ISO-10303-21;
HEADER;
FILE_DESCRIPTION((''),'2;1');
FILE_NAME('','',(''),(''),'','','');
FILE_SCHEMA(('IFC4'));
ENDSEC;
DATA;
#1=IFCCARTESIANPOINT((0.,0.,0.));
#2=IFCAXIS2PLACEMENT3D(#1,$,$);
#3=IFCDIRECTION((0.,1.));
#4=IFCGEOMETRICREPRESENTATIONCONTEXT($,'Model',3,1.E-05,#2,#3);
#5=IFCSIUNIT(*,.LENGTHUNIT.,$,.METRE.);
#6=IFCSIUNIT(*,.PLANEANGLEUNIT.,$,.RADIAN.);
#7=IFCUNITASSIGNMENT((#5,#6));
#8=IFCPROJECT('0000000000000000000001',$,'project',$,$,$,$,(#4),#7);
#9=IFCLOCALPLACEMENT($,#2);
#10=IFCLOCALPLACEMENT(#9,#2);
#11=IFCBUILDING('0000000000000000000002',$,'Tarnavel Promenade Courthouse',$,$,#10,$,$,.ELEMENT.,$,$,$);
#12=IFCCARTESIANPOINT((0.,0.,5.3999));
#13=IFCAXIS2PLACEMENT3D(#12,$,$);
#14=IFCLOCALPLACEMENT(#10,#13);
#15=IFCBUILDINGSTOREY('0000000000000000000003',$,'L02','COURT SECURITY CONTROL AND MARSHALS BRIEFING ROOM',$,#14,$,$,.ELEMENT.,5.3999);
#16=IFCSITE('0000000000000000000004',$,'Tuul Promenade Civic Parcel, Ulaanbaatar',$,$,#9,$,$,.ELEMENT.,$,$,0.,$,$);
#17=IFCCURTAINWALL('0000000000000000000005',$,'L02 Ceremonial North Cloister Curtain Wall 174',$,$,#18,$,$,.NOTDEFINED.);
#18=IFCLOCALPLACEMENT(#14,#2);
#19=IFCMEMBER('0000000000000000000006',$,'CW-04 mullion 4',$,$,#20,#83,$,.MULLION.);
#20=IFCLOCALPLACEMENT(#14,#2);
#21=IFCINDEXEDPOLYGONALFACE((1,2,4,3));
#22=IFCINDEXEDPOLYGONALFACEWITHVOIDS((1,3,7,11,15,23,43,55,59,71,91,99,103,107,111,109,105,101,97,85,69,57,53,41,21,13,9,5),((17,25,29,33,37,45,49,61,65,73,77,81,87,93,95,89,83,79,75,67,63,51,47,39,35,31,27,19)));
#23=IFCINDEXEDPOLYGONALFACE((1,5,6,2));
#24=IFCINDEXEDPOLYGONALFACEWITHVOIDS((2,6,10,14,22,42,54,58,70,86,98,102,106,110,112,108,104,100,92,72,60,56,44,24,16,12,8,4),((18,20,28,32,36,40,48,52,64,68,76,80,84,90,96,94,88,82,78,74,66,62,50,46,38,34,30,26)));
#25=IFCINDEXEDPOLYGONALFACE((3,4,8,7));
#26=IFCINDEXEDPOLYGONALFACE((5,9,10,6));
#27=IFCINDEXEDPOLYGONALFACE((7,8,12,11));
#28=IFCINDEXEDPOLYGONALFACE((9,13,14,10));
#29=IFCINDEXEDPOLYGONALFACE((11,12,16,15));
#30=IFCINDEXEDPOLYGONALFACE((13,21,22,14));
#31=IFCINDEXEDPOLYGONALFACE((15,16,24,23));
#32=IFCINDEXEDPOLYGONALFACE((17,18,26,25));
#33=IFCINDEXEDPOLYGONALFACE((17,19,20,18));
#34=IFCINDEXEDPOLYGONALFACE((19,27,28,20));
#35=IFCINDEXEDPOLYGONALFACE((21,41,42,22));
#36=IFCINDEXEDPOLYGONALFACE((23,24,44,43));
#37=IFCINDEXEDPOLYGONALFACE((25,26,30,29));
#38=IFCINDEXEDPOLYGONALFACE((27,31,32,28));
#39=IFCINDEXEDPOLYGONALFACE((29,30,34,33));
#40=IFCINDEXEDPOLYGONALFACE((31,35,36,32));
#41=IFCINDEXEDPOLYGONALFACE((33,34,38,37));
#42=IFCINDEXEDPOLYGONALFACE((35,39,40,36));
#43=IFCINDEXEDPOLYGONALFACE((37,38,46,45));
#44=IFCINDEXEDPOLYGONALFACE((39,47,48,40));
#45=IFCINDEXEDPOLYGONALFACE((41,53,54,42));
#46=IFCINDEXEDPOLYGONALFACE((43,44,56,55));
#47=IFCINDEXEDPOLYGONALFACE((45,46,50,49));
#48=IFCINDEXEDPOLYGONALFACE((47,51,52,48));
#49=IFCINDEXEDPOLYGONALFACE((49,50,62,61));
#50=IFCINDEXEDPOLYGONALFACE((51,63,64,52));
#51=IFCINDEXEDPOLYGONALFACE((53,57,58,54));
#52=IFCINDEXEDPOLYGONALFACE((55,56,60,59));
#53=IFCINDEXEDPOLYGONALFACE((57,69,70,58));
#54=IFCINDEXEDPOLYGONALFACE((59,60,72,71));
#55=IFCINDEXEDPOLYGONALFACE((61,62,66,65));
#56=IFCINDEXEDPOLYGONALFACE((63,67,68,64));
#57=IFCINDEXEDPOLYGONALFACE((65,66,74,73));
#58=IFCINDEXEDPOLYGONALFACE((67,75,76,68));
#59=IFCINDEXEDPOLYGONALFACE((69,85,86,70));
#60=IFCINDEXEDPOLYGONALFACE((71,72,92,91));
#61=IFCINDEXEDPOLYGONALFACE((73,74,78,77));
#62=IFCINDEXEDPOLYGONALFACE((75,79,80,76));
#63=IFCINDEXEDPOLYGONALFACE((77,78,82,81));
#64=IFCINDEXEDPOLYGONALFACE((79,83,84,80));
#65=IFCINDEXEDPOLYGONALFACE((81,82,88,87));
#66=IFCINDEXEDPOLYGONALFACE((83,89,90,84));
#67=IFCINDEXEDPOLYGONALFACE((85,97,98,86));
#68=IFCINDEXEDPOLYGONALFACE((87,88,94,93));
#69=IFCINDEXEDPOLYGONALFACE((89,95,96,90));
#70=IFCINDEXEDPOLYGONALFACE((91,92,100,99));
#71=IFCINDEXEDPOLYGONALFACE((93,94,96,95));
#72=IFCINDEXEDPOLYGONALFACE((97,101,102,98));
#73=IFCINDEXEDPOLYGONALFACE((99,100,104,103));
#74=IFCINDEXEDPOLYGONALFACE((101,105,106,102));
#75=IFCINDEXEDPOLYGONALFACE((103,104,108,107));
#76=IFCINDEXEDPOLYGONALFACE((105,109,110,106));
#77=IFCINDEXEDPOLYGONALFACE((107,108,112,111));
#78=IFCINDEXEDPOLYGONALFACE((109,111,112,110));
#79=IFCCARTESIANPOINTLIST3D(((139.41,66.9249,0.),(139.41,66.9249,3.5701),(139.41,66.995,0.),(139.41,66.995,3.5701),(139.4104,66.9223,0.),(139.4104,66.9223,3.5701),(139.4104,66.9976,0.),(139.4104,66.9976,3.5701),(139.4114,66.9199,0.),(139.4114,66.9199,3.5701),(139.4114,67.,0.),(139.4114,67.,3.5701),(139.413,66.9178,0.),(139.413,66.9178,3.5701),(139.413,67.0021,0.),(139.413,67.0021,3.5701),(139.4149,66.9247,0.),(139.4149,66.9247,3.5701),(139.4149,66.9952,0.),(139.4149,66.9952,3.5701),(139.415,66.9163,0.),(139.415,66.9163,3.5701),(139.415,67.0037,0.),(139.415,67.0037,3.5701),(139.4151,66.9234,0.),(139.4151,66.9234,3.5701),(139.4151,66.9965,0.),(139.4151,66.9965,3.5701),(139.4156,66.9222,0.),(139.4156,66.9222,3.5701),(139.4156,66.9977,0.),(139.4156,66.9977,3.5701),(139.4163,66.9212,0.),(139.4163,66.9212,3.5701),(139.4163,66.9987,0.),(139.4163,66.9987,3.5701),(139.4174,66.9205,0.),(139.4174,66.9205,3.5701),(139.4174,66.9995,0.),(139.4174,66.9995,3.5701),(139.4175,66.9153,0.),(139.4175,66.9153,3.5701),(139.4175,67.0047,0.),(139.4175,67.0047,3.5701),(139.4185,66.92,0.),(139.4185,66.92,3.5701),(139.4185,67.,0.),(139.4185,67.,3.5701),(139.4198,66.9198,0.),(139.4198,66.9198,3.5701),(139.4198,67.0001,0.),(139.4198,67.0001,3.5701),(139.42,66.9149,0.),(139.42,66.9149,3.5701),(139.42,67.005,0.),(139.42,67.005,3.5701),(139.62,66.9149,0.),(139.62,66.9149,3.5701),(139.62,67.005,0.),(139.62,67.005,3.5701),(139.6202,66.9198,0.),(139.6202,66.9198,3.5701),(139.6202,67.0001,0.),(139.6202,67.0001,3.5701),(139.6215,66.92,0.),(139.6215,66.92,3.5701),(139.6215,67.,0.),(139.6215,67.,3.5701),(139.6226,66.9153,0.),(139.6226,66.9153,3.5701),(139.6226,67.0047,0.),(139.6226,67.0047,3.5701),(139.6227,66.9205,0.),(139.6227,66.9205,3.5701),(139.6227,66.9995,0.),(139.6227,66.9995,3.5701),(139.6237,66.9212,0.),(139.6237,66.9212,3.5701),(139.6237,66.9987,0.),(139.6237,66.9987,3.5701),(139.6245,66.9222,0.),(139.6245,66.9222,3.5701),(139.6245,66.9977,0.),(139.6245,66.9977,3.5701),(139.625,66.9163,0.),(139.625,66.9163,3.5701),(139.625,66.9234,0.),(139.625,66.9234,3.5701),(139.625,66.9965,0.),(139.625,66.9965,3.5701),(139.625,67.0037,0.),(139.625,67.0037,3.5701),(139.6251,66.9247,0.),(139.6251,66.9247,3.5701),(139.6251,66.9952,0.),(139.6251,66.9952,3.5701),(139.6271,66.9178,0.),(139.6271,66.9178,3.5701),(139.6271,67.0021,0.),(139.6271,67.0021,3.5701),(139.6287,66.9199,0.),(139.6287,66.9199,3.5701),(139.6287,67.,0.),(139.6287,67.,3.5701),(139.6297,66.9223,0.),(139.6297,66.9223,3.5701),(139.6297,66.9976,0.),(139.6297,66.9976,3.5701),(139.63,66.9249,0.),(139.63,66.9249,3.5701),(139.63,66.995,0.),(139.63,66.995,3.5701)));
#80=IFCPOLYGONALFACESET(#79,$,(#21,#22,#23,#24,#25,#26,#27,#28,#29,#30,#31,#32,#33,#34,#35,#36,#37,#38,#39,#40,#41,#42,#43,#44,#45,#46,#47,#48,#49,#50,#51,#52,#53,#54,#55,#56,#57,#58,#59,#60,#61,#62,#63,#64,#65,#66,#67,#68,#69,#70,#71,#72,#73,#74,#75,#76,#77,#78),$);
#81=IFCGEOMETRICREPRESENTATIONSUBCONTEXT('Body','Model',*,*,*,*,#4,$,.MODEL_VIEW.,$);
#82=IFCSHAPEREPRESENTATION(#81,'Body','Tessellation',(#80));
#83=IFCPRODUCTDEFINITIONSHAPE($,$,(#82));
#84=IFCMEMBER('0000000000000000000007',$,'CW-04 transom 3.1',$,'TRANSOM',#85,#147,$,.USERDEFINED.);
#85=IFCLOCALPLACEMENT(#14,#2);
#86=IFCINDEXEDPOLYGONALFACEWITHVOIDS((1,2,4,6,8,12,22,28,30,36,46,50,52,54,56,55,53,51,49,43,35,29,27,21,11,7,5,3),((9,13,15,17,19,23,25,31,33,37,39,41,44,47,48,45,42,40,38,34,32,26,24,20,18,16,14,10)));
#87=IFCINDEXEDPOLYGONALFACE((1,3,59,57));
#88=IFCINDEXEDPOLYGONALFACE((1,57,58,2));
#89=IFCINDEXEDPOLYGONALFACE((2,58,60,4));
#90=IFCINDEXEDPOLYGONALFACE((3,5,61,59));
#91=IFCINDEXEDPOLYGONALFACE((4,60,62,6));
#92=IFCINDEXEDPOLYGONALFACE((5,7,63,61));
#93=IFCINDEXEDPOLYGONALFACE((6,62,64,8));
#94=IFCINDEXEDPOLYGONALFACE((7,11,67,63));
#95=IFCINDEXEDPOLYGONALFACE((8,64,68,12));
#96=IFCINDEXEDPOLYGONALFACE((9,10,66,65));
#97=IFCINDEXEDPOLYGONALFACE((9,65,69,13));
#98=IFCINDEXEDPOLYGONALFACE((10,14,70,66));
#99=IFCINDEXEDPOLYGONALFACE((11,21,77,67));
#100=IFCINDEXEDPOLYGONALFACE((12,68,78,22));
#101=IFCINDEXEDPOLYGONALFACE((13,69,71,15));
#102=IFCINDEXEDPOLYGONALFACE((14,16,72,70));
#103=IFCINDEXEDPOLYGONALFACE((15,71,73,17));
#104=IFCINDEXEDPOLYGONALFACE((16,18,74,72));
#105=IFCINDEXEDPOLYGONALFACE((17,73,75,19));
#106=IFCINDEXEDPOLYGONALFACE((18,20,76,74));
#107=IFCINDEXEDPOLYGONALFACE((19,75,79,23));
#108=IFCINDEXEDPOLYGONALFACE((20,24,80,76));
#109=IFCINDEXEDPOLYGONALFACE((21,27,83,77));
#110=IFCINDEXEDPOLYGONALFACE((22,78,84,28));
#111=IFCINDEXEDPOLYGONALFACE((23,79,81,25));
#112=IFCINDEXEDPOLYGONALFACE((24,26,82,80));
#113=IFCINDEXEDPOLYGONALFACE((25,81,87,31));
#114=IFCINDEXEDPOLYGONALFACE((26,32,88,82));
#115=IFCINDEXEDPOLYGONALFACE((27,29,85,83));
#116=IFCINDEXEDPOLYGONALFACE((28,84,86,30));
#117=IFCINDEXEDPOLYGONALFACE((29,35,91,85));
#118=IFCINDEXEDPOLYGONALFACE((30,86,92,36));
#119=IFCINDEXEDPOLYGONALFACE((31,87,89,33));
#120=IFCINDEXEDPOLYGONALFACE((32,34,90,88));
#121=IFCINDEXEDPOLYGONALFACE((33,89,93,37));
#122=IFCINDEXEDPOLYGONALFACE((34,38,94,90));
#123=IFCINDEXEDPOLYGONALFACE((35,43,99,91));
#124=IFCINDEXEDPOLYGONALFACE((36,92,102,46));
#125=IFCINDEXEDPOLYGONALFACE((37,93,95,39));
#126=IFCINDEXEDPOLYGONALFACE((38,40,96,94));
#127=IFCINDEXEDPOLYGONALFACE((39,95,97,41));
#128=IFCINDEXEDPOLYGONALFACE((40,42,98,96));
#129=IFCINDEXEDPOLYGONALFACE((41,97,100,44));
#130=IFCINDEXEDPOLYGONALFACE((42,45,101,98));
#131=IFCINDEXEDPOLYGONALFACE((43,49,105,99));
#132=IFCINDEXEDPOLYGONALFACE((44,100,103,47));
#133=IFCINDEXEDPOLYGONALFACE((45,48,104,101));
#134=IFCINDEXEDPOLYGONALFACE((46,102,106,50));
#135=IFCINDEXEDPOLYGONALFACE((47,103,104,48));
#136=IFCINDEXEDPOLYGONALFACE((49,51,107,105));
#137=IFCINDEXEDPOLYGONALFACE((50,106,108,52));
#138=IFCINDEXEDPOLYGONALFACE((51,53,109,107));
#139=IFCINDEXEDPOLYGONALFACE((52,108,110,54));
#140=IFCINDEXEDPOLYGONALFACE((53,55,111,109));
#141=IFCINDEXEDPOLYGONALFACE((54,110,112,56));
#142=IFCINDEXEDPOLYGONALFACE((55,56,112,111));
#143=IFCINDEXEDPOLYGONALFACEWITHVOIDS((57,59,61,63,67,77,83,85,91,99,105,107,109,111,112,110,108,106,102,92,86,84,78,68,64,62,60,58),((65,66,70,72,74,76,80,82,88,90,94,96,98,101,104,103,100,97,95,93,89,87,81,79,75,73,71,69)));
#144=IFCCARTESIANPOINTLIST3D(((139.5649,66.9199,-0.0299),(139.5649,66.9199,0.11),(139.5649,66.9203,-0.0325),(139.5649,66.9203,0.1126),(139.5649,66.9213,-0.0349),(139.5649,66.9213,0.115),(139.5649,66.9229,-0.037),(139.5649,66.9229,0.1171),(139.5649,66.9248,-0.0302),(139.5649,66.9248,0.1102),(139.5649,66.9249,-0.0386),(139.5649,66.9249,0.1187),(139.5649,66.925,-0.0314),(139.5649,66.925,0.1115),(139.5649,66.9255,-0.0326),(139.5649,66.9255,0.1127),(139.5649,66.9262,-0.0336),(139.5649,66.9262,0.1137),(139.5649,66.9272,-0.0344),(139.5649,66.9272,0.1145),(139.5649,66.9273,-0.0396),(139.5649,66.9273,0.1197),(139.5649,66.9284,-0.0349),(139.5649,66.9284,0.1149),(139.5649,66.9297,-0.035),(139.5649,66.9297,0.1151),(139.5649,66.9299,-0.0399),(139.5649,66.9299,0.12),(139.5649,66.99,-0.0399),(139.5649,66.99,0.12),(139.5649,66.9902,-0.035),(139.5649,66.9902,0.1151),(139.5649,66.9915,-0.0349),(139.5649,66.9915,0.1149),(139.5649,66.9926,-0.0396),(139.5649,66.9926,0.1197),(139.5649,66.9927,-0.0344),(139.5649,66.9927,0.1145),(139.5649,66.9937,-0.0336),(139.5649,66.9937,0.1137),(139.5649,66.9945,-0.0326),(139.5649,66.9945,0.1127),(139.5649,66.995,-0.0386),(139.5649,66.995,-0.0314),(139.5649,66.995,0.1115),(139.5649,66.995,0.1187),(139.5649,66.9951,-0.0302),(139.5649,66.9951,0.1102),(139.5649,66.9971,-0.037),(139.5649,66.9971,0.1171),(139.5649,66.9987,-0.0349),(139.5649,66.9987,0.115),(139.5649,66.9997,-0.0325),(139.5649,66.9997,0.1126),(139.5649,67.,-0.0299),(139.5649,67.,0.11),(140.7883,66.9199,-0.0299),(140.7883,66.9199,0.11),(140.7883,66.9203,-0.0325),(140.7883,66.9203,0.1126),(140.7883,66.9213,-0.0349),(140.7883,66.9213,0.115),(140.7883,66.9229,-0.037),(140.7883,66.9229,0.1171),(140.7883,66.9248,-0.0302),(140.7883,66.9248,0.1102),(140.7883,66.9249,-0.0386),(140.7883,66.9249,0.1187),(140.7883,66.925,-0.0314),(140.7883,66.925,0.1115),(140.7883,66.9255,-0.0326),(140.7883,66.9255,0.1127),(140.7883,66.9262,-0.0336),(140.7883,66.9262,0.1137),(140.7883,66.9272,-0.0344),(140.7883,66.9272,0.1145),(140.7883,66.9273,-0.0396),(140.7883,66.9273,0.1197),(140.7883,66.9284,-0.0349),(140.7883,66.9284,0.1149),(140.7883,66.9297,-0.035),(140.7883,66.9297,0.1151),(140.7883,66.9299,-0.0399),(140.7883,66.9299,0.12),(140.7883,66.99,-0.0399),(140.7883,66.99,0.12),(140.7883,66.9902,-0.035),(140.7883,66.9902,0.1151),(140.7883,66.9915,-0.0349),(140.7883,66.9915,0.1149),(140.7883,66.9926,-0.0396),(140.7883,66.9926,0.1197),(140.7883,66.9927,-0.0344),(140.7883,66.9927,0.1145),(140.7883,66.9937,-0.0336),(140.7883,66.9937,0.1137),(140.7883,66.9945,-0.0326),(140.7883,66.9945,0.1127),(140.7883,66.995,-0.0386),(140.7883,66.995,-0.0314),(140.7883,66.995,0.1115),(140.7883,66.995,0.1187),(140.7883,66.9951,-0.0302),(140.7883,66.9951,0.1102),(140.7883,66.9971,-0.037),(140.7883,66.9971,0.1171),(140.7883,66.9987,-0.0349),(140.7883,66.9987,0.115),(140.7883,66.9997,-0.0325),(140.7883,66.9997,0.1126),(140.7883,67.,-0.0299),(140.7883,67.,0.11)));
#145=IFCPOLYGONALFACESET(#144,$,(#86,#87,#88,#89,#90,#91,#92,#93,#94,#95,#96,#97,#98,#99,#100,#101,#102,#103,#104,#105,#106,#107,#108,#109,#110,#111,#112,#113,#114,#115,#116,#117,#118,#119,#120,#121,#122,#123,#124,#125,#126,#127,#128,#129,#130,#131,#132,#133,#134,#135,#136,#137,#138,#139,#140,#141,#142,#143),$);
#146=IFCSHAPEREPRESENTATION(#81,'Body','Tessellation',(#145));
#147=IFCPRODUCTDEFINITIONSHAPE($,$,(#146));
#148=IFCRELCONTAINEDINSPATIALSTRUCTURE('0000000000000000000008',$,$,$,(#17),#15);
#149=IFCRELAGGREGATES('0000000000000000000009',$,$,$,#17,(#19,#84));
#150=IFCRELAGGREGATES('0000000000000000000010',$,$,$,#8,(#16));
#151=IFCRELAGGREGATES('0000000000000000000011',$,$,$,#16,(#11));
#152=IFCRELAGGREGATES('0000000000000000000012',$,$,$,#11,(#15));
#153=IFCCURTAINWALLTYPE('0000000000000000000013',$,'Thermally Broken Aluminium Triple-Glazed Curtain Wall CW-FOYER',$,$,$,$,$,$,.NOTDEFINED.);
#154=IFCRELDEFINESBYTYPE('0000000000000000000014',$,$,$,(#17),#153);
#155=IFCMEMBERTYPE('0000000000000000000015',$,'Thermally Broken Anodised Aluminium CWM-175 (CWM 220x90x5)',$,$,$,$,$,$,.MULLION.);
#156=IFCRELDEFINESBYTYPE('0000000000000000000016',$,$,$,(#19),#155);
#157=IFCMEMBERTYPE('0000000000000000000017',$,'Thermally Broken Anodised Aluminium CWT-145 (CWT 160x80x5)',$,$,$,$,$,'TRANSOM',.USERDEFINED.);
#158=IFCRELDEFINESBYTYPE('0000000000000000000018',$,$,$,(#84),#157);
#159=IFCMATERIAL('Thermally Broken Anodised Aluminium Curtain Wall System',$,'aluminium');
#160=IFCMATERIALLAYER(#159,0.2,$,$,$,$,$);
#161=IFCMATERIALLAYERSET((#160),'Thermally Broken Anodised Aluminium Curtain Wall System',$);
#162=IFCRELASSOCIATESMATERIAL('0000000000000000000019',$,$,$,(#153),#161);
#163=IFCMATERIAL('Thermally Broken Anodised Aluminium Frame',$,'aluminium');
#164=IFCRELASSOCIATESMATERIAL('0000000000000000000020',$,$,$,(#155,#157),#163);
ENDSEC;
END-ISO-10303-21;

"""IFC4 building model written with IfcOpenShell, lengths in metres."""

from ifc_helpers import new_model, si_unit, direction, frame, origin, origin_2d, place, context, subcontext, project, spatial, hollow_rectangle, extrude, material, layer, layer_set, material_profile, profile_set, type_object, element, aggregate, save


model = new_model("IFC4")

# Units and contexts
model_context = context("Model", 3, precision=1e-05, world=origin(), true_north=direction((0.0, 1.0)))
body_context = subcontext(model_context, "Body", "Model", "MODEL_VIEW")
ifc_project = project(units=[si_unit("LENGTHUNIT", "METRE"), si_unit("PLANEANGLEUNIT", "RADIAN")], contexts=[model_context])

# Site, building, storey
site_placement = place(None, origin())
site = spatial("IfcSite", under=ifc_project, at=site_placement, Name="Tuul Promenade Civic Parcel, Ulaanbaatar", CompositionType="ELEMENT", RefElevation=0.0)
building_placement = place(site_placement, origin())
building = spatial("IfcBuilding", under=site, at=building_placement, Name="Tarnavel Promenade Courthouse", CompositionType="ELEMENT")
storey_placement = place(building_placement, frame((0.0, 0.0, 5.3999)))
storey = spatial("IfcBuildingStorey", under=building, at=storey_placement, Name="L02", Description="COURT SECURITY CONTROL AND MARSHALS BRIEFING ROOM", CompositionType="ELEMENT", Elevation=5.3999)

# Shared definitions
ifc_material_1 = material(Name="Thermally Broken Anodised Aluminium Curtain Wall System", Category="aluminium")
ifc_material_2 = material(Name="Thermally Broken Anodised Aluminium Frame", Category="aluminium")

# Curtain wall, members
ifc_layer_1 = layer(ifc_material_1, 0.2)
ifc_layer_set_1 = layer_set([ifc_layer_1], Name="Thermally Broken Anodised Aluminium Curtain Wall System")
curtain_wall_type_1 = type_object("IfcCurtainWallType", Name="Thermally Broken Aluminium Triple-Glazed Curtain Wall CW-FOYER", PredefinedType="NOTDEFINED", material=ifc_layer_set_1)
curtain_wall_1_placement = place(storey_placement, origin())
curtain_wall_1 = element("IfcCurtainWall", 1, at=curtain_wall_1_placement, inside=storey, type_object=curtain_wall_type_1, Name="L02 Ceremonial North Cloister Curtain Wall 174", PredefinedType="NOTDEFINED")
ifc_material_profile_1 = material_profile(ifc_material_2, hollow_rectangle(XDim=0.0901, YDim=0.22, WallThickness=0.0049, InnerFilletRadius=0.0049, OuterFilletRadius=0.01, at=origin_2d()), Name="CWM 220x90x5")
ifc_profile_set_1 = profile_set([ifc_material_profile_1], Name="Thermally Broken Anodised Aluminium Frame")
member_type_1 = type_object("IfcMemberType", Name="Thermally Broken Anodised Aluminium CWM-175 (CWM 220x90x5)", PredefinedType="MULLION", material=ifc_profile_set_1)
member_1_placement = place(storey_placement, frame((139.52, 66.96, 0.0), z_axis=(0.0, 0.0, 1.0), x_axis=(0.0, -1.0, 0.0)))
member_1 = element("IfcMember", 2, at=member_1_placement, type_object=member_type_1, Name="CW-04 mullion 4", PredefinedType="MULLION", context=body_context, shape_type="SweptSolid", body=[
    extrude(hollow_rectangle(XDim=0.0901, YDim=0.22, WallThickness=0.0049, InnerFilletRadius=0.0049, OuterFilletRadius=0.01, at=origin_2d()), origin(), (0.0, 0.0, 1.0), 3.5701),
])
ifc_material_profile_2 = material_profile(ifc_material_2, hollow_rectangle(XDim=0.0801, YDim=0.1599, WallThickness=0.0049, InnerFilletRadius=0.0049, OuterFilletRadius=0.01, at=origin_2d()), Name="CWT 160x80x5")
ifc_profile_set_2 = profile_set([ifc_material_profile_2], Name="Thermally Broken Anodised Aluminium Frame")
member_type_2 = type_object("IfcMemberType", Name="Thermally Broken Anodised Aluminium CWT-145 (CWT 160x80x5)", ElementType="TRANSOM", PredefinedType="USERDEFINED", material=ifc_profile_set_2)
member_2_placement = place(storey_placement, frame((140.7883, 66.96, 0.04), z_axis=(-1.0, 0.0, 0.0), x_axis=(0.0, -1.0, 0.0)))
member_2 = element("IfcMember", 3, at=member_2_placement, type_object=member_type_2, Name="CW-04 transom 3.1", ObjectType="TRANSOM", PredefinedType="USERDEFINED", context=body_context, shape_type="SweptSolid", body=[
    extrude(hollow_rectangle(XDim=0.0801, YDim=0.1599, WallThickness=0.0049, InnerFilletRadius=0.0049, OuterFilletRadius=0.01, at=origin_2d()), origin(), (0.0, 0.0, 1.0), 1.2234),
])
aggregate(curtain_wall_1, [member_1, member_2])

save(model, "model.ifc")
